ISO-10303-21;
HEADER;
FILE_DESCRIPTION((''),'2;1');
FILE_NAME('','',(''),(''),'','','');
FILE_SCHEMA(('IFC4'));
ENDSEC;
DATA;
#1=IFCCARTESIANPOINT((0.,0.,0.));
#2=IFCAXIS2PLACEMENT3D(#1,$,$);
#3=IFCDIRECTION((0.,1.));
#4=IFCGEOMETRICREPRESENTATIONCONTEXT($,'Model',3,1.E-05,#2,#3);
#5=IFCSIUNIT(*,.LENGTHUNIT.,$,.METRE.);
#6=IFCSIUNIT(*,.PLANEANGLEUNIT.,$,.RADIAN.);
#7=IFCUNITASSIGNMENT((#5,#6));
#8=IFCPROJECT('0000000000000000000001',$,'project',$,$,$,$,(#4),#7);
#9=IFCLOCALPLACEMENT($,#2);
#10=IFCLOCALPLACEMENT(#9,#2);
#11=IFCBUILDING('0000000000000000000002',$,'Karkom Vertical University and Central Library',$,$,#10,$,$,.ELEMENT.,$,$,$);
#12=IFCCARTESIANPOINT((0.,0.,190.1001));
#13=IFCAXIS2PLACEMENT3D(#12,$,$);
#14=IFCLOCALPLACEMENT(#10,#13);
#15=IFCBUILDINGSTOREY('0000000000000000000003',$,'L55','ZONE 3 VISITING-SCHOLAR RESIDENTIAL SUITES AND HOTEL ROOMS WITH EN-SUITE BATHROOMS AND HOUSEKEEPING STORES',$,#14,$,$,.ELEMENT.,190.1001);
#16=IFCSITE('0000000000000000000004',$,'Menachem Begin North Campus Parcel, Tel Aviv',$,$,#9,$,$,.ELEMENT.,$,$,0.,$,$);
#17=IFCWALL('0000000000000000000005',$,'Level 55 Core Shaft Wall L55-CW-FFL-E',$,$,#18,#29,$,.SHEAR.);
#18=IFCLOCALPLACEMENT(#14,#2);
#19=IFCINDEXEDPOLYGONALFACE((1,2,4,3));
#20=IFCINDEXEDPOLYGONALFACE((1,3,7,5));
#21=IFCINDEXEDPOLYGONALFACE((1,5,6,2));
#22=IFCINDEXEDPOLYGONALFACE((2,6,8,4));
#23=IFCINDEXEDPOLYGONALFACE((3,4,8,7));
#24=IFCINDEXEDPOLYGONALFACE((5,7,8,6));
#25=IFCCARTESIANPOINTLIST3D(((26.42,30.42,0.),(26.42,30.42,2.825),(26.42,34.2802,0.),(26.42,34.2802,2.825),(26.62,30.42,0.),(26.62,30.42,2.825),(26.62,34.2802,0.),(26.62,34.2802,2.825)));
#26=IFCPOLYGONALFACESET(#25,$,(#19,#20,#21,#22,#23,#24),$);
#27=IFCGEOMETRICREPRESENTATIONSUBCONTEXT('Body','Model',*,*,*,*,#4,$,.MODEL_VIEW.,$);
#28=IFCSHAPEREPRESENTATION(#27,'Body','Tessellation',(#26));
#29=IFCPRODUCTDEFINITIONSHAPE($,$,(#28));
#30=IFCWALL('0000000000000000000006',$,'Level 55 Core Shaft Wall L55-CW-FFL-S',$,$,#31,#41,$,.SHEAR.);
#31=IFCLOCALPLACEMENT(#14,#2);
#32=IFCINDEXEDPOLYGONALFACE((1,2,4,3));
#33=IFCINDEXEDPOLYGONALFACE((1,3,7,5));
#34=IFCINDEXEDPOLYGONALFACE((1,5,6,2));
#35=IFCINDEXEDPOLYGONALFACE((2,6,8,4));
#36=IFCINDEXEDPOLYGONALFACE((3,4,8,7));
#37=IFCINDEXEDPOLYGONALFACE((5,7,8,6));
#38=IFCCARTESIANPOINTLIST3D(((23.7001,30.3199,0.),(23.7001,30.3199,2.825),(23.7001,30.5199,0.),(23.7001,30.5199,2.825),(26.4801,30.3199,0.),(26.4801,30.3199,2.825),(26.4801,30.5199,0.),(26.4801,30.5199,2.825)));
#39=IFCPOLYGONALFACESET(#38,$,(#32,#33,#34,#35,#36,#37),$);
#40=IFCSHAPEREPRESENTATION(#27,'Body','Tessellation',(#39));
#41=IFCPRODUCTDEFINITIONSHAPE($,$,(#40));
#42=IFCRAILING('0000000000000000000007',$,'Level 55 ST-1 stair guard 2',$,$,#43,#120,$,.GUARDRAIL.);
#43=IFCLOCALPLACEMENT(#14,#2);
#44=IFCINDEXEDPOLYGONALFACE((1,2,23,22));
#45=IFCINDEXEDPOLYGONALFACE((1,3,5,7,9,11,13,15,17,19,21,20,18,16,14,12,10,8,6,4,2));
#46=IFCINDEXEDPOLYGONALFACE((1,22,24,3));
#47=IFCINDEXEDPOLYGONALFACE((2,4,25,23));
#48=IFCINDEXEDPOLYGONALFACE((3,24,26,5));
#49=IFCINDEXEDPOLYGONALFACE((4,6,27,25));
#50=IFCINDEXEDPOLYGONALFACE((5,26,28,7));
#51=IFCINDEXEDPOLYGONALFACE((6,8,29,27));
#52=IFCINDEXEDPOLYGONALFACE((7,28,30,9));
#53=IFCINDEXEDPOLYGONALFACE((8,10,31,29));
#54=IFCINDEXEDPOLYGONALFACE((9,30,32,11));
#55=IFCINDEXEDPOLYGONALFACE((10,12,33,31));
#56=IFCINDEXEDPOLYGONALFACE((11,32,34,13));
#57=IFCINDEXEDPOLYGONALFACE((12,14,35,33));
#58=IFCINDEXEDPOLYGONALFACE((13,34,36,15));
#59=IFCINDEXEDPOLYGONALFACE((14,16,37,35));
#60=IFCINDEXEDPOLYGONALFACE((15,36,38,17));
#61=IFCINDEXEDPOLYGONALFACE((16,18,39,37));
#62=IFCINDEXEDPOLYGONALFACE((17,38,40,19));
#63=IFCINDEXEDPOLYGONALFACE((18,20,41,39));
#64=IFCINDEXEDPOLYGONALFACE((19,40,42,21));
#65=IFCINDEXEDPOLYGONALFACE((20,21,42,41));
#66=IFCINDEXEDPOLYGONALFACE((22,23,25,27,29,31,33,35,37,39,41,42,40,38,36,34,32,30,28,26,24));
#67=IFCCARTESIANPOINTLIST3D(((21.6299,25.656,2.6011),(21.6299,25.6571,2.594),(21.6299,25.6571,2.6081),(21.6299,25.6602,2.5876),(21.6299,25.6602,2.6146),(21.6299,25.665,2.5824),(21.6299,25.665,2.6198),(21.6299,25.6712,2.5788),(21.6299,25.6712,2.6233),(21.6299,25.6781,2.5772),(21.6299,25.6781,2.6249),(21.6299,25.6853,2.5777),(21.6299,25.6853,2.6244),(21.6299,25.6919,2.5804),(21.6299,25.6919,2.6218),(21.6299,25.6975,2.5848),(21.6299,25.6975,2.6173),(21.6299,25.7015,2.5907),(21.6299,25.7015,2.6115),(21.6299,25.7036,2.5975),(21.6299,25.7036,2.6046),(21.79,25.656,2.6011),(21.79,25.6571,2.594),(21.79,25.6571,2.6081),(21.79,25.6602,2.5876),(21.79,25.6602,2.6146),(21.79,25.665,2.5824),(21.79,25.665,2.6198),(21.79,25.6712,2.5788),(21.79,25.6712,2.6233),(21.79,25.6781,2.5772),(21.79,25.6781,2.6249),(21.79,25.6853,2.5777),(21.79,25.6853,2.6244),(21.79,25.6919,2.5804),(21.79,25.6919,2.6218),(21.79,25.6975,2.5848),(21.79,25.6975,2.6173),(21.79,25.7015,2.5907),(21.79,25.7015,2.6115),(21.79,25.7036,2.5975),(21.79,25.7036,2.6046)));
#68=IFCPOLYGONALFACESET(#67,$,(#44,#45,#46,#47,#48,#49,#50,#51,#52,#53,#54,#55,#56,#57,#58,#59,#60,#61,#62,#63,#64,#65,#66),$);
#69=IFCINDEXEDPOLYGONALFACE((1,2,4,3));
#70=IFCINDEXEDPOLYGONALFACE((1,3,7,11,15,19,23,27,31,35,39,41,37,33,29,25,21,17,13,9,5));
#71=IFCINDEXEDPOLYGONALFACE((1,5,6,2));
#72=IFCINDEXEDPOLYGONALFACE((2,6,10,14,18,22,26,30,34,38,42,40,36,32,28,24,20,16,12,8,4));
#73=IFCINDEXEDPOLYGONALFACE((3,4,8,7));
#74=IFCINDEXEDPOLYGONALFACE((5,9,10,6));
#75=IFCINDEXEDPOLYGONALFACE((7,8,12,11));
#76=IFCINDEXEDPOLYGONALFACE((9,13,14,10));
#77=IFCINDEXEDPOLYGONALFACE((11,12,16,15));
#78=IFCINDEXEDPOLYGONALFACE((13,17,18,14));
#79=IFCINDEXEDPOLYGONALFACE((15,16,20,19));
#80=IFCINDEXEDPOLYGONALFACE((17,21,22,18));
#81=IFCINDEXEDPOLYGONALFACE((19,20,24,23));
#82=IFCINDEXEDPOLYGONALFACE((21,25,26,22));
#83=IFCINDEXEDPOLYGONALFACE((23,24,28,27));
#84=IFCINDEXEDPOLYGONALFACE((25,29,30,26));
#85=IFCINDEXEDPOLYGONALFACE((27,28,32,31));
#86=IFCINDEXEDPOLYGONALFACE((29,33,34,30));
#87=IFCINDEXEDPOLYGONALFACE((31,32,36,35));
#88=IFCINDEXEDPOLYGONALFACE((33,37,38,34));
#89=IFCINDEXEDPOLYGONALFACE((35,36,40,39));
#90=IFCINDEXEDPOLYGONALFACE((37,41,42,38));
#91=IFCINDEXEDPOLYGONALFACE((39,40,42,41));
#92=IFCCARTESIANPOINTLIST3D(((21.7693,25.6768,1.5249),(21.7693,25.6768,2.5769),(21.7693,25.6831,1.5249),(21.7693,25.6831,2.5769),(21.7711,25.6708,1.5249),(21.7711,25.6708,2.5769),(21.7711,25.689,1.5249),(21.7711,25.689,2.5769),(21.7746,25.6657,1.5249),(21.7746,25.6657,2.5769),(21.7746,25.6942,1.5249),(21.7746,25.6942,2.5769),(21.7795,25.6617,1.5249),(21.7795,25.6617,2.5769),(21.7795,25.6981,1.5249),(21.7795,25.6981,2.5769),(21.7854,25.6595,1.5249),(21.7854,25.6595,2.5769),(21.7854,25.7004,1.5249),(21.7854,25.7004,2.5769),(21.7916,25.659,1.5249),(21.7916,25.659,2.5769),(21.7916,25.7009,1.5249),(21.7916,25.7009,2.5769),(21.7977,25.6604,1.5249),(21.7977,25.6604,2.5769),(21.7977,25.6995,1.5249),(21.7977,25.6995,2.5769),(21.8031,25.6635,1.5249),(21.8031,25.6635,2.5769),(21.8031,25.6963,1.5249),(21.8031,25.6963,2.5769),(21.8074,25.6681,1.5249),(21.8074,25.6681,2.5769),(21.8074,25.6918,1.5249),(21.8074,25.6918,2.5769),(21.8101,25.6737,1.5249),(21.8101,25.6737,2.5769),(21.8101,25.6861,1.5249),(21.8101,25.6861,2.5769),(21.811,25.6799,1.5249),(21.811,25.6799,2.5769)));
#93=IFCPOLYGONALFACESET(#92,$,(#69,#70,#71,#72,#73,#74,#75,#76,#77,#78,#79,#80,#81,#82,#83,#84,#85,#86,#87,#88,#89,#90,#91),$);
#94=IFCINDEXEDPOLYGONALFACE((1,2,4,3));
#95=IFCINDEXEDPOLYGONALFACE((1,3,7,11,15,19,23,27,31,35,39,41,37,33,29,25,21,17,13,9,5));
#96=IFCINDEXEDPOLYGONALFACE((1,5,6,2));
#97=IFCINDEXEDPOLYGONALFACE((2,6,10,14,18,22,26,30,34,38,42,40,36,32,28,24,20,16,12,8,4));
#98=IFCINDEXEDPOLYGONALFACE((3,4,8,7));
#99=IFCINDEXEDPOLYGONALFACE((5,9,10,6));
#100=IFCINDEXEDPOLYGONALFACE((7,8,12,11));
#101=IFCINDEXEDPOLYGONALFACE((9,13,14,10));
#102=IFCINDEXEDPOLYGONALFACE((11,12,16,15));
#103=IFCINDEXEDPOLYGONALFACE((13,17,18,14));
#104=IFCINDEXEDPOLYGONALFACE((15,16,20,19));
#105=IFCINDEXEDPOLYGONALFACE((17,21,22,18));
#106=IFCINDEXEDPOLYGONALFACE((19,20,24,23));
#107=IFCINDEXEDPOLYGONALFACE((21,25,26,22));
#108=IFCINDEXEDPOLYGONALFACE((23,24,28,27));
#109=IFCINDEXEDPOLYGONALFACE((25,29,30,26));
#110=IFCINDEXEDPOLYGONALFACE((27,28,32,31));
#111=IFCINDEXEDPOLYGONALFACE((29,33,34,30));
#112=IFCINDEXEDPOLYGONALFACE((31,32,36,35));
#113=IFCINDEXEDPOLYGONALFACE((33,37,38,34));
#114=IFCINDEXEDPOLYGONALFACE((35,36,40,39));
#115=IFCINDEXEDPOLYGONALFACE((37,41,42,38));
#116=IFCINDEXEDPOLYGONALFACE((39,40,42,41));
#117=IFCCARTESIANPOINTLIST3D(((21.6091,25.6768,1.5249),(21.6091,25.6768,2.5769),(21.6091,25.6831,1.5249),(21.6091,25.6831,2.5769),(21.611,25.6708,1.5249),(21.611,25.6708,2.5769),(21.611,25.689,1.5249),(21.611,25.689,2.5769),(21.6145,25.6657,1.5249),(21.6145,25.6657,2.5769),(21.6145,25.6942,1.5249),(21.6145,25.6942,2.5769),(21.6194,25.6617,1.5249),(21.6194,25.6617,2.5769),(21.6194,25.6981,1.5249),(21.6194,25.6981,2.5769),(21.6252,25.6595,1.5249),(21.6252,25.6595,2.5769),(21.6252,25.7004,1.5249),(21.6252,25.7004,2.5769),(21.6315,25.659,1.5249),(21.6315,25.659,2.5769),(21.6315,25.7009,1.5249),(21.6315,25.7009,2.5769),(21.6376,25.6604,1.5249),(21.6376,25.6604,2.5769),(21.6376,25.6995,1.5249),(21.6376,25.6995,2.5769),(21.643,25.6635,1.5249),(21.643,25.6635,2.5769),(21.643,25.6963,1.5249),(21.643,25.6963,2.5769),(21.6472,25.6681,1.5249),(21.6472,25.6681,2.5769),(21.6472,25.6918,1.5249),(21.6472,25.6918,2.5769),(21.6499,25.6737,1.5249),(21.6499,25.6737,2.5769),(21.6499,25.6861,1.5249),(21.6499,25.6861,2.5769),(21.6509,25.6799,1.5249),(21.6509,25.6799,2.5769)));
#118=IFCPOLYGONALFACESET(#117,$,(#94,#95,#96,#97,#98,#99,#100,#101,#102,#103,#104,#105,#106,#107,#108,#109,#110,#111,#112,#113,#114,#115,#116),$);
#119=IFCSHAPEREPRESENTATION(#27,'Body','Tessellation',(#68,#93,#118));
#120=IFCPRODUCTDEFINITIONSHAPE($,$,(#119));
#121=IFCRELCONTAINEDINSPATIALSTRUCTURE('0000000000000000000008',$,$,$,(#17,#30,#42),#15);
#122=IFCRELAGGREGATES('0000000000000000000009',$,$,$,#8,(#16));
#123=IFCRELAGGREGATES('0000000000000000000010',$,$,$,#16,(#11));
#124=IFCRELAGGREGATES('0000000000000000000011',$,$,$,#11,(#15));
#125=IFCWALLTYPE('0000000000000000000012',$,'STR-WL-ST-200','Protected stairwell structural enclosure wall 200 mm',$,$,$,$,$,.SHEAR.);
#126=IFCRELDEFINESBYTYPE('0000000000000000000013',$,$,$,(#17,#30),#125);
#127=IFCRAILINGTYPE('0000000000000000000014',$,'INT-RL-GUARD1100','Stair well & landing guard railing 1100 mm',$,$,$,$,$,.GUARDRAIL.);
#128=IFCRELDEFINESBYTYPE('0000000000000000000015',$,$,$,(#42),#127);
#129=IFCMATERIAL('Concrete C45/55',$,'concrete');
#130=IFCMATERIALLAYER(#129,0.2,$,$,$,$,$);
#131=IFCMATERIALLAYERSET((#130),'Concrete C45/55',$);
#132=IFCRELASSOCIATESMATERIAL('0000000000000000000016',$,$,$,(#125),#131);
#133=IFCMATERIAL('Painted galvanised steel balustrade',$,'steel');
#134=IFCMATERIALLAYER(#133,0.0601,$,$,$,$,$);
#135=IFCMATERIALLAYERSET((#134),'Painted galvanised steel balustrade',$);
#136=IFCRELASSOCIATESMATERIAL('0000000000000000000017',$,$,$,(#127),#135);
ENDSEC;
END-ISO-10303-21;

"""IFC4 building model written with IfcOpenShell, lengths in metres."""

from ifc_helpers import new_model, si_unit, direction, frame, frame_2d, origin, origin_2d, place, context, subcontext, project, spatial, rectangle, circle, extrude, material, layer, layer_set, type_object, element, save


model = new_model("IFC4")

# Units and contexts
model_context = context("Model", 3, precision=1e-05, world=origin(), true_north=direction((0.0, 1.0)))
body_context = subcontext(model_context, "Body", "Model", "MODEL_VIEW")
ifc_project = project(units=[si_unit("LENGTHUNIT", "METRE"), si_unit("PLANEANGLEUNIT", "RADIAN")], contexts=[model_context])

# Site, building, storey
site_placement = place(None, origin())
site = spatial("IfcSite", under=ifc_project, at=site_placement, Name="Menachem Begin North Campus Parcel, Tel Aviv", CompositionType="ELEMENT", RefElevation=0.0)
building_placement = place(site_placement, origin())
building = spatial("IfcBuilding", under=site, at=building_placement, Name="Karkom Vertical University and Central Library", CompositionType="ELEMENT")
storey_placement = place(building_placement, frame((0.0, 0.0, 190.1001)))
storey = spatial("IfcBuildingStorey", under=building, at=storey_placement, Name="L55", Description="ZONE 3 VISITING-SCHOLAR RESIDENTIAL SUITES AND HOTEL ROOMS WITH EN-SUITE BATHROOMS AND HOUSEKEEPING STORES", CompositionType="ELEMENT", Elevation=190.1001)

# Shared definitions
ifc_material_1 = material(Name="Concrete C45/55", Category="concrete")
ifc_layer_1 = layer(ifc_material_1, 0.2)
ifc_layer_set_1 = layer_set([ifc_layer_1], Name="Concrete C45/55")
wall_type_1 = type_object("IfcWallType", Name="STR-WL-ST-200", Description="Protected stairwell structural enclosure wall 200 mm", PredefinedType="SHEAR", material=ifc_layer_set_1)

# Walls
wall_1_placement = place(storey_placement, frame((26.52, 30.4199, 0.0), z_axis=(0.0, 0.0, 1.0), x_axis=(0.0, 1.0, 0.0)))
element("IfcWall", 1, at=wall_1_placement, inside=storey, type_object=wall_type_1, Name="Level 55 Core Shaft Wall L55-CW-FFL-E", PredefinedType="SHEAR", context=body_context, shape_type="SweptSolid", body=[
    extrude(rectangle(XDim=3.8601, YDim=0.2, at=frame_2d((1.9302, 0.0))), origin(), (0.0, 0.0, 1.0), 2.825),
])
wall_2_placement = place(storey_placement, frame((23.7, 30.4199, 0.0), z_axis=(0.0, 0.0, 1.0), x_axis=(1.0, 0.0, 0.0)))
element("IfcWall", 2, at=wall_2_placement, inside=storey, type_object=wall_type_1, Name="Level 55 Core Shaft Wall L55-CW-FFL-S", PredefinedType="SHEAR", context=body_context, shape_type="SweptSolid", body=[
    extrude(rectangle(XDim=2.78, YDim=0.2, at=frame_2d((1.3901, 0.0))), origin(), (0.0, 0.0, 1.0), 2.825),
])

# Railing
ifc_material_2 = material(Name="Painted galvanised steel balustrade", Category="steel")
ifc_layer_2 = layer(ifc_material_2, 0.0601)
ifc_layer_set_2 = layer_set([ifc_layer_2], Name="Painted galvanised steel balustrade")
railing_type = type_object("IfcRailingType", Name="INT-RL-GUARD1100", Description="Stair well & landing guard railing 1100 mm", PredefinedType="GUARDRAIL", material=ifc_layer_set_2)
railing_placement = place(storey_placement, frame((21.79, 25.6799, 1.5249)))
element("IfcRailing", 3, at=railing_placement, inside=storey, type_object=railing_type, Name="Level 55 ST-1 stair guard 2", PredefinedType="GUARDRAIL", context=body_context, shape_type="SweptSolid", body=[
    extrude(circle(Radius=0.0239, at=origin_2d()), frame((0.0, 0.0, 1.0762), z_axis=(-1.0, 0.0, 0.0), x_axis=(0.0, -1.0, 0.0)), (0.0, 0.0, 1.0), 0.1602),
    extrude(circle(Radius=0.021, at=origin_2d()), origin(), (0.0, 0.0, 1.0), 1.052),
    extrude(circle(Radius=0.021, at=origin_2d()), frame((-0.1602, 0.0, 0.0)), (0.0, 0.0, 1.0), 1.052),
])

save(model, "model.ifc")
